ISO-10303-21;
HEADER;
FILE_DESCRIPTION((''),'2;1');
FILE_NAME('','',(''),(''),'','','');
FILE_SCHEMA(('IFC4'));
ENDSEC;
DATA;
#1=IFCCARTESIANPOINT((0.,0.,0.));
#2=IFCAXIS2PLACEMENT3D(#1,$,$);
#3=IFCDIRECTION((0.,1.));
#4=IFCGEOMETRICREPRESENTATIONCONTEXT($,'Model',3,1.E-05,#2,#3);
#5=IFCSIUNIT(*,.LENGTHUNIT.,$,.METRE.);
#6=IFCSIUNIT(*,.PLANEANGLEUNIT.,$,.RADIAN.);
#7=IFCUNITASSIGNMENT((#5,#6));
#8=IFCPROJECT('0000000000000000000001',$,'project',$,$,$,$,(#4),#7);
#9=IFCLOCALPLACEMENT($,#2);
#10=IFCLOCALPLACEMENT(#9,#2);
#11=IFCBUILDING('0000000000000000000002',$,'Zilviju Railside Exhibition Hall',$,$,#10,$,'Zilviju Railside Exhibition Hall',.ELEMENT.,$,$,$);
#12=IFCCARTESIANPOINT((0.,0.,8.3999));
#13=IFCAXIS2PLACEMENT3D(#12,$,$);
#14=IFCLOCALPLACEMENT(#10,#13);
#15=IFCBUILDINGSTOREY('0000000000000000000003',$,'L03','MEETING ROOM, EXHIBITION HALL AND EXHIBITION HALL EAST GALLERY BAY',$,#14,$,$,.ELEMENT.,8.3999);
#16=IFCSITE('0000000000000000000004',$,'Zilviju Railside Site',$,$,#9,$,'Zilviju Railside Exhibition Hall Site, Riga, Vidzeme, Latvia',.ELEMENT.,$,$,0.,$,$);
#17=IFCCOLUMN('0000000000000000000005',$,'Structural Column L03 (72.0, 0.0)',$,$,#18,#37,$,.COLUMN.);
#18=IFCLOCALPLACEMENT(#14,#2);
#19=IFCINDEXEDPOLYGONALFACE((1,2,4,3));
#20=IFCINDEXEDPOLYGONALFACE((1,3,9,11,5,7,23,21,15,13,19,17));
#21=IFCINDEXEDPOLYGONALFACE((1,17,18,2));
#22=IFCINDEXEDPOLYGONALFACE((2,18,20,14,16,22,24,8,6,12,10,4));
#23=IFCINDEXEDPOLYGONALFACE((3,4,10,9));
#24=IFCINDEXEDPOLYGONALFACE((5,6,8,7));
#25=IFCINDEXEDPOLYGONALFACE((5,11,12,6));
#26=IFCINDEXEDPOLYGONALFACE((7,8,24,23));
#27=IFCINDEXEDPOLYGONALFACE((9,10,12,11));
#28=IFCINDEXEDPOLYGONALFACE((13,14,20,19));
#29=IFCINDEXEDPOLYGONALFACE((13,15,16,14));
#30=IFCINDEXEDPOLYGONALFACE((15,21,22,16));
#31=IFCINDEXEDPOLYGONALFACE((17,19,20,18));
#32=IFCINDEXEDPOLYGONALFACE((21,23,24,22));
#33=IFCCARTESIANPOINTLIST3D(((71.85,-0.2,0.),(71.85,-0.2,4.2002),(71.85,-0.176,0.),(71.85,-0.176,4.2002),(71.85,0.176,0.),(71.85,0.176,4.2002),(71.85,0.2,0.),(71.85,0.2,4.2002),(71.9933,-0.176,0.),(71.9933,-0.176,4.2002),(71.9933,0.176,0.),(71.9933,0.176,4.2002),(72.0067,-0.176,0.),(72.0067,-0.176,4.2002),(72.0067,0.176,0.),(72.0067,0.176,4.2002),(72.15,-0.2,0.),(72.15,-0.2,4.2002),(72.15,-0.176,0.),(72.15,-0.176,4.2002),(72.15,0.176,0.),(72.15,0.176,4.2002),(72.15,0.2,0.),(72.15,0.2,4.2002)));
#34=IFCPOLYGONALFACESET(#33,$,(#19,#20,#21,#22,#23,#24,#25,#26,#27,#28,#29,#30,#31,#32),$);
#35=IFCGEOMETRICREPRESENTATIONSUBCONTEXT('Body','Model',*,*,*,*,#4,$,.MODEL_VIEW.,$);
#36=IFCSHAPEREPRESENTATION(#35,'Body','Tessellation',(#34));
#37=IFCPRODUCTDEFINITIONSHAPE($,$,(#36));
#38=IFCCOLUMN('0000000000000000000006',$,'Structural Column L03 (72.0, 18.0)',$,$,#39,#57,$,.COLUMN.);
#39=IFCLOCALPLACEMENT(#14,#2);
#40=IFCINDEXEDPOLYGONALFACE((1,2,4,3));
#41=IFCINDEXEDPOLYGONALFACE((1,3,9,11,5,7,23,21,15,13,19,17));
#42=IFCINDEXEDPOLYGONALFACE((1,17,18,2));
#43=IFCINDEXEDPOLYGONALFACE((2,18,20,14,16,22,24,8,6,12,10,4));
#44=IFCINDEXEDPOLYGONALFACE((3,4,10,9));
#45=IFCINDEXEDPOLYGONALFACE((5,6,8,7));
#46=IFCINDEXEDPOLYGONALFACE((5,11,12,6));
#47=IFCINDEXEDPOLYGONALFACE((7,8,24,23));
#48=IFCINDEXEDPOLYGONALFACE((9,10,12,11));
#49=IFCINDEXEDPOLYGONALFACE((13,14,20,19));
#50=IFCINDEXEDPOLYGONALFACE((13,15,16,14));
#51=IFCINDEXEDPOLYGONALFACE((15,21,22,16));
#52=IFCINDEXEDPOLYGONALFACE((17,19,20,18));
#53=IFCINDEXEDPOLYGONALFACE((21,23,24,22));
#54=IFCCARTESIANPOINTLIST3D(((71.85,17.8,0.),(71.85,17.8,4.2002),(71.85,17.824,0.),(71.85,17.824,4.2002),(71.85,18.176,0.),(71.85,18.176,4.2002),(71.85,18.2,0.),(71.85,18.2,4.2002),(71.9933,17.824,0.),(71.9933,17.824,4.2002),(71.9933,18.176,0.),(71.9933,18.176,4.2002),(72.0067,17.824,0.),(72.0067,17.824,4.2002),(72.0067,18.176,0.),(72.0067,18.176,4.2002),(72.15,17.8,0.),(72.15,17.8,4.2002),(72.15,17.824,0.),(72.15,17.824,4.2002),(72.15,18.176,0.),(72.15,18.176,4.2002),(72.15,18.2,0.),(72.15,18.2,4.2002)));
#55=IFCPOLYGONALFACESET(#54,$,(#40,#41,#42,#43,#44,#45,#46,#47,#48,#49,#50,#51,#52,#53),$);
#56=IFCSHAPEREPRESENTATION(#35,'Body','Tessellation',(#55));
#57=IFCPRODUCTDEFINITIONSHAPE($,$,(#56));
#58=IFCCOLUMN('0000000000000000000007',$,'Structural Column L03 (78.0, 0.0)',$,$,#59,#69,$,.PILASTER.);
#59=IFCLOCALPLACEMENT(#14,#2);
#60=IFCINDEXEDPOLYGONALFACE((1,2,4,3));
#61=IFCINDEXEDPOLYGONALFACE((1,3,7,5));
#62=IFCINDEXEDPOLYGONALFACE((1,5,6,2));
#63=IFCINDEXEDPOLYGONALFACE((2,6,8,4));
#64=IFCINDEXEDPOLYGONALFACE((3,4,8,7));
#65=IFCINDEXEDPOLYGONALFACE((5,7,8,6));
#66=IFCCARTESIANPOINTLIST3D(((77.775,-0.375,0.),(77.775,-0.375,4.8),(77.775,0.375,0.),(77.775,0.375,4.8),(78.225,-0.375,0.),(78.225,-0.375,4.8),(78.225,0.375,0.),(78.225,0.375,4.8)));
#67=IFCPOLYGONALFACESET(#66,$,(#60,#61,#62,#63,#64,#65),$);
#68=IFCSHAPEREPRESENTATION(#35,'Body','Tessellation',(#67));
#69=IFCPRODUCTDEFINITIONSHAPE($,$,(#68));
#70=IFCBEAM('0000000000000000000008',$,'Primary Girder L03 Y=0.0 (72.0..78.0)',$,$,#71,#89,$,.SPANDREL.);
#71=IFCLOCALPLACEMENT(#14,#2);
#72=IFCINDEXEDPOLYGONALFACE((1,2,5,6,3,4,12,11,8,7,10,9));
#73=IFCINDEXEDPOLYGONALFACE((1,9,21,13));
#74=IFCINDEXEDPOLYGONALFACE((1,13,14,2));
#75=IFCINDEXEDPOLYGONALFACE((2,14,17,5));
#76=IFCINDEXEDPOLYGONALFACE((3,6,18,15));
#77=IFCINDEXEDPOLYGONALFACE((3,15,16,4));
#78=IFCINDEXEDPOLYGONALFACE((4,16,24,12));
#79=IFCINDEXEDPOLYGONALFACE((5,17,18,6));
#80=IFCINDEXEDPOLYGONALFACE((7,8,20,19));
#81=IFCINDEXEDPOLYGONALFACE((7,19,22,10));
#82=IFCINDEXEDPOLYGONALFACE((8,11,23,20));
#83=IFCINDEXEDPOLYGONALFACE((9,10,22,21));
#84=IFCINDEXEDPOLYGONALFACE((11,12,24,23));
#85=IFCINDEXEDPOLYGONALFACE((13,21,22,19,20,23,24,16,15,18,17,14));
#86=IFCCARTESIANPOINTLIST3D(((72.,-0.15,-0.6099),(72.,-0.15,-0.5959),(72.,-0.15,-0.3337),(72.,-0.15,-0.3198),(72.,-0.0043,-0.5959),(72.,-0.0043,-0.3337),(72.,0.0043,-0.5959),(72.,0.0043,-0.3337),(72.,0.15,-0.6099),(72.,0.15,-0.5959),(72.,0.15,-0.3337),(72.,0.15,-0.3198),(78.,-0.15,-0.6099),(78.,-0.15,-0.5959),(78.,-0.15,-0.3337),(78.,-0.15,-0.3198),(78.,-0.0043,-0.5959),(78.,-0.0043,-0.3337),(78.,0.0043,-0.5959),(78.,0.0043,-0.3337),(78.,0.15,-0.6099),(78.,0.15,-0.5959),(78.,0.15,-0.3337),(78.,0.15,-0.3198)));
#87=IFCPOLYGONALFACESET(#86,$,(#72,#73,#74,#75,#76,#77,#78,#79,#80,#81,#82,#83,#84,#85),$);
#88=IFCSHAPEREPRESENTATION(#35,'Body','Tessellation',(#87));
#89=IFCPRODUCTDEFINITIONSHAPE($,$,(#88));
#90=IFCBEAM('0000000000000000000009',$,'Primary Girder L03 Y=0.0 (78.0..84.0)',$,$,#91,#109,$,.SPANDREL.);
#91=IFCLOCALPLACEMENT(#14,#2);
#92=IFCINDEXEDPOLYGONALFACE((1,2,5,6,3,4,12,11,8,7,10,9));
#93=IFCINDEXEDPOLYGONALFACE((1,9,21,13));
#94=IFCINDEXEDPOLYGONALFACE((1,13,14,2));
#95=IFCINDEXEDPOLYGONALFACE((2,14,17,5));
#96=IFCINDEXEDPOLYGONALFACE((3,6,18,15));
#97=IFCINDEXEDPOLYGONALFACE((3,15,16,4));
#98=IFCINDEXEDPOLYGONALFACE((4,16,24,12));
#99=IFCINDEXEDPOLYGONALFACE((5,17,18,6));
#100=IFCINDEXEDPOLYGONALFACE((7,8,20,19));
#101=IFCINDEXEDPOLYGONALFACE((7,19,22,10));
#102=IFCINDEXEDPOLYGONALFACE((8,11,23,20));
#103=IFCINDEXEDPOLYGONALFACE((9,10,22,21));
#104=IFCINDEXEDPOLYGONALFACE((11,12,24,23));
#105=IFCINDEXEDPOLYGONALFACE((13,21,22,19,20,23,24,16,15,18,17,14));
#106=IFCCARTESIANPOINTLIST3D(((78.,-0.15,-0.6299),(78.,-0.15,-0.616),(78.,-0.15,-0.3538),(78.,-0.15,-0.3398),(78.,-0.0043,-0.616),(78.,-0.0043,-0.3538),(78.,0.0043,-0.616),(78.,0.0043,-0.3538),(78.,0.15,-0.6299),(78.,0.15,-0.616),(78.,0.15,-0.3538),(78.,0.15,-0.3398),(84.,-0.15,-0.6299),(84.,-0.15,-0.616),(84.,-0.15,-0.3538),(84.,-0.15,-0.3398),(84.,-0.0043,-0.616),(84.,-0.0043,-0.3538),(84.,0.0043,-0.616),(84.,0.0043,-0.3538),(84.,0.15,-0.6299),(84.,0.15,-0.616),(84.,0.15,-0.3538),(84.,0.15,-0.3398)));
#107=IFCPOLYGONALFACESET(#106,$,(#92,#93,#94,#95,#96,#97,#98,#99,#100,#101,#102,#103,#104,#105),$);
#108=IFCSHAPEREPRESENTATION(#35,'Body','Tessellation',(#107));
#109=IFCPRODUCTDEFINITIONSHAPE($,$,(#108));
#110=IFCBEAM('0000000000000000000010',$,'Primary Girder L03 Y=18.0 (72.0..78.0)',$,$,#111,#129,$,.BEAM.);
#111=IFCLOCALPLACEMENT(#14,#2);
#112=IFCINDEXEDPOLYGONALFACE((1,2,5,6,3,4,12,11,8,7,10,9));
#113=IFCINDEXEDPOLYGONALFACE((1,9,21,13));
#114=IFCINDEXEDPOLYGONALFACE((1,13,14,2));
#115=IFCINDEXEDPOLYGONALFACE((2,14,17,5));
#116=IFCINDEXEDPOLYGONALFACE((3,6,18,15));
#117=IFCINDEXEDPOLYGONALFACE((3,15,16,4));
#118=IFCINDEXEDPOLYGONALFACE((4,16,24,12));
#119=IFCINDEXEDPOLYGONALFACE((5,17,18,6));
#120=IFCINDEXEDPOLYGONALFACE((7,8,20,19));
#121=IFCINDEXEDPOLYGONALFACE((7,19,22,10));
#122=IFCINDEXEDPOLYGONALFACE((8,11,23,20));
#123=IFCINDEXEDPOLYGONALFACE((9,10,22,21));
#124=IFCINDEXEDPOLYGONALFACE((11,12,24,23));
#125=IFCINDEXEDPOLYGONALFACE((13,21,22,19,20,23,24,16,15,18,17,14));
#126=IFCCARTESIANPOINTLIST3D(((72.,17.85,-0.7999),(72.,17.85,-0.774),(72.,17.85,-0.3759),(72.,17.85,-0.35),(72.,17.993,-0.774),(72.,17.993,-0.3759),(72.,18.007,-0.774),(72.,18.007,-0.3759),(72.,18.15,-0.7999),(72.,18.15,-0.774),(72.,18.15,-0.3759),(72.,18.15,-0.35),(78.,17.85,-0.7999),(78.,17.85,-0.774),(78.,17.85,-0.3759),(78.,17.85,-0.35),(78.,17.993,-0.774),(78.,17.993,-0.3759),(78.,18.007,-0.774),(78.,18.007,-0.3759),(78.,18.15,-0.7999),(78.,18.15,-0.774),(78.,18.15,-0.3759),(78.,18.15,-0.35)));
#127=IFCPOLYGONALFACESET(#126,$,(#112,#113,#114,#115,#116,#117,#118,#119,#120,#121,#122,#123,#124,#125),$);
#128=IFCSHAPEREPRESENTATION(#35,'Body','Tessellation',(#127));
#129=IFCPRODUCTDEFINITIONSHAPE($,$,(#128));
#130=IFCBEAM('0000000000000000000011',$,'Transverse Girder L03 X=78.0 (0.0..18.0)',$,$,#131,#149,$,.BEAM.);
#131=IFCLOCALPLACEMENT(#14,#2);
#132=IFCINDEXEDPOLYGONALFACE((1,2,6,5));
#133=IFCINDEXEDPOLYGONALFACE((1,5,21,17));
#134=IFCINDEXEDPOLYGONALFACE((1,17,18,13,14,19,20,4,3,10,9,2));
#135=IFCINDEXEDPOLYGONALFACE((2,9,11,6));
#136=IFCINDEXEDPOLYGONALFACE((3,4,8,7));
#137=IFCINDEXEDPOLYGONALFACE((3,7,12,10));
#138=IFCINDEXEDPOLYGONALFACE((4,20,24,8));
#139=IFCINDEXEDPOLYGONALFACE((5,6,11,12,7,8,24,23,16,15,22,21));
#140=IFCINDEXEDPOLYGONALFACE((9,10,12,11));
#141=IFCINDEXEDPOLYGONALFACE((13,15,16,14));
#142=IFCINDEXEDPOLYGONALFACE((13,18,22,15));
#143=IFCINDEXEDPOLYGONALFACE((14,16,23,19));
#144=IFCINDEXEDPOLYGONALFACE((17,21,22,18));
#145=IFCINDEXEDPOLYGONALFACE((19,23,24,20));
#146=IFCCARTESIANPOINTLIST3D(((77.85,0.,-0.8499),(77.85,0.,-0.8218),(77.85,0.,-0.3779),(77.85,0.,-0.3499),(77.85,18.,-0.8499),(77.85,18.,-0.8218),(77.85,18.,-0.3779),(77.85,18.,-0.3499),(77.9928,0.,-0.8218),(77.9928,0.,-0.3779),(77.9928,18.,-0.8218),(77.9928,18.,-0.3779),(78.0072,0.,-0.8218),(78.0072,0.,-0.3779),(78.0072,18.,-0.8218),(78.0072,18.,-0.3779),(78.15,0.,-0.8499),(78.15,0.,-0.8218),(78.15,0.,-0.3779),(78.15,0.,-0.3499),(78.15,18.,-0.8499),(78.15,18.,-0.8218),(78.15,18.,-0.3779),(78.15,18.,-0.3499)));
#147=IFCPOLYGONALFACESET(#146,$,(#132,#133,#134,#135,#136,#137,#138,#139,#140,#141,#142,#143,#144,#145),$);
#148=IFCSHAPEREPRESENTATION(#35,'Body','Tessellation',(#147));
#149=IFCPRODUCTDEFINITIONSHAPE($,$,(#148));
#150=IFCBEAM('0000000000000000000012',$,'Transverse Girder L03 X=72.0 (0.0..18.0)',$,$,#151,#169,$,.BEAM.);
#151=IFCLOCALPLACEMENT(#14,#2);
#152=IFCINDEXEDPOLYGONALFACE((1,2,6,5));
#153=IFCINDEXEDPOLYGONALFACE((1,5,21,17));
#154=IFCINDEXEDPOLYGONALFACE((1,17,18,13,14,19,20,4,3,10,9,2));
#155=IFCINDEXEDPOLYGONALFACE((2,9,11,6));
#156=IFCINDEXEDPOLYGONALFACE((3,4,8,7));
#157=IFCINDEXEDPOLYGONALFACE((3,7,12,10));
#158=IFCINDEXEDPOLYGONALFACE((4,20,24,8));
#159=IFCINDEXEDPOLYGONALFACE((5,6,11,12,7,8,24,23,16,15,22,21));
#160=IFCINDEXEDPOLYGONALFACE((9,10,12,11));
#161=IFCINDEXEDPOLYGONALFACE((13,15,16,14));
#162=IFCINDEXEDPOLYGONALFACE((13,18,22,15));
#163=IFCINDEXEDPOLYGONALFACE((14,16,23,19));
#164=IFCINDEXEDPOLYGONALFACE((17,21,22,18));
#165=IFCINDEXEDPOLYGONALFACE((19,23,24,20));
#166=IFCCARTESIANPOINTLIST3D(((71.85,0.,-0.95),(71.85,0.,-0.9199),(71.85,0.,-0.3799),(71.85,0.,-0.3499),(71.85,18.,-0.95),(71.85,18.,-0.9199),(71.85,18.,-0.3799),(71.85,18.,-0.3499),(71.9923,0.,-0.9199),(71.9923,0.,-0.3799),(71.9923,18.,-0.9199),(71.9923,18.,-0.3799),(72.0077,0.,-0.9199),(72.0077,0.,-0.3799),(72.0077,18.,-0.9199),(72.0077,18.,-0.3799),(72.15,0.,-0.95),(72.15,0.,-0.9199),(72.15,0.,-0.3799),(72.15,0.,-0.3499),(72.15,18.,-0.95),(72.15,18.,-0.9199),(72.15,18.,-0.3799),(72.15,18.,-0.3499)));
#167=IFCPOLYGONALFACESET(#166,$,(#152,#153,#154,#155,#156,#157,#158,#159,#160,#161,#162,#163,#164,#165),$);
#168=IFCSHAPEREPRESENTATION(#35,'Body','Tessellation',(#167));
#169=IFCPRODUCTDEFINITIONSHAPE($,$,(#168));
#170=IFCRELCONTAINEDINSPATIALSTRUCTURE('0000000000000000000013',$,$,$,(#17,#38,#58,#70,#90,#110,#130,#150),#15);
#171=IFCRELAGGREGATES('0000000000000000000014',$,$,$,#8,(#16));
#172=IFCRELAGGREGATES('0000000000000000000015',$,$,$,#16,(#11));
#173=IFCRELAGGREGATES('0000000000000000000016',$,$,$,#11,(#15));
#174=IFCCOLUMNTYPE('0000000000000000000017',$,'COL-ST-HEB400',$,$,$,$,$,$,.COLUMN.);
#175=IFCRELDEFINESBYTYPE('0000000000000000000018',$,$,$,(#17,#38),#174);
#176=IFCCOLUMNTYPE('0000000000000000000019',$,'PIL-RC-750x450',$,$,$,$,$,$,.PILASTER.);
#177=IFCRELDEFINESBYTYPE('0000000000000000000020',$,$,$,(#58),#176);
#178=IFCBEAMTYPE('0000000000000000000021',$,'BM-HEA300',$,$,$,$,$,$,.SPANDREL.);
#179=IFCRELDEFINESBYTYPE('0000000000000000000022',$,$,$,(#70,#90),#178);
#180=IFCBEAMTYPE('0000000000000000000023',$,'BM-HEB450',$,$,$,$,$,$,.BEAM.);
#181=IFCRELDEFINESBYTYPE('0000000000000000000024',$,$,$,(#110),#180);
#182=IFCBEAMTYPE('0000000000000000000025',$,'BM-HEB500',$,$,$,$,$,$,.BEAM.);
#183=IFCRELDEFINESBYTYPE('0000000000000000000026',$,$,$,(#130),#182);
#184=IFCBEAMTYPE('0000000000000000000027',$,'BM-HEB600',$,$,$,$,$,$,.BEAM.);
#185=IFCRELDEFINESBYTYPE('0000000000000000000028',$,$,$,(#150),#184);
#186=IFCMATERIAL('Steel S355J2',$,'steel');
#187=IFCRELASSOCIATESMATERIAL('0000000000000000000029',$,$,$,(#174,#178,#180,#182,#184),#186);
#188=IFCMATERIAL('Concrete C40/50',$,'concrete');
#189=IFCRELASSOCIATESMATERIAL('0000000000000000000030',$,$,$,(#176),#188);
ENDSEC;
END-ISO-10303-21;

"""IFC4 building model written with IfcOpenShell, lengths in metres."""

from ifc_helpers import new_model, si_unit, direction, frame, origin, origin_2d, place, context, subcontext, project, spatial, rectangle, i_section, extrude, material, material_profile, profile_set, type_object, element, save


model = new_model("IFC4")

# Units and contexts
model_context = context("Model", 3, precision=1e-05, world=origin(), true_north=direction((0.0, 1.0)))
body_context = subcontext(model_context, "Body", "Model", "MODEL_VIEW")
ifc_project = project(units=[si_unit("LENGTHUNIT", "METRE"), si_unit("PLANEANGLEUNIT", "RADIAN")], contexts=[model_context])

# Site, building, storey
site_placement = place(None, origin())
site = spatial("IfcSite", under=ifc_project, at=site_placement, Name="Zilviju Railside Site", LongName="Zilviju Railside Exhibition Hall Site, Riga, Vidzeme, Latvia", CompositionType="ELEMENT", RefElevation=0.0)
building_placement = place(site_placement, origin())
building = spatial("IfcBuilding", under=site, at=building_placement, Name="Zilviju Railside Exhibition Hall", LongName="Zilviju Railside Exhibition Hall", CompositionType="ELEMENT")
storey_placement = place(building_placement, frame((0.0, 0.0, 8.3999)))
storey = spatial("IfcBuildingStorey", under=building, at=storey_placement, Name="L03", Description="MEETING ROOM, EXHIBITION HALL AND EXHIBITION HALL EAST GALLERY BAY", CompositionType="ELEMENT", Elevation=8.3999)

# Columns
ifc_material_1 = material(Name="Steel S355J2", Category="steel")
ifc_material_profile_1 = material_profile(ifc_material_1, i_section(OverallWidth=0.3, OverallDepth=0.3999, WebThickness=0.0134, FlangeThickness=0.0239, at=origin_2d()), Name="HEB 400")
ifc_profile_set_1 = profile_set([ifc_material_profile_1], Name="Steel S355J2")
column_type_1 = type_object("IfcColumnType", Name="COL-ST-HEB400", PredefinedType="COLUMN", material=ifc_profile_set_1)
for number, where, z_axis, x_axis, name in (
    (1, (72.0, 0.0, 0.0), (0.0, 0.0, 1.0), (1.0, 0.0, 0.0), "Structural Column L03 (72.0, 0.0)"),
    (2, (72.0, 18.0, 0.0), (0.0, 0.0, 1.0), (1.0, 0.0, 0.0), "Structural Column L03 (72.0, 18.0)"),
):
    element("IfcColumn", number, at=place(storey_placement, frame(where, z_axis=z_axis, x_axis=x_axis)), inside=storey, type_object=column_type_1, Name=name, PredefinedType="COLUMN", context=body_context, shape_type="SweptSolid", body=[
        extrude(i_section(OverallWidth=0.3, OverallDepth=0.3999, WebThickness=0.0134, FlangeThickness=0.0239, at=origin_2d()), origin(), (0.0, 0.0, 1.0), 4.2002),
    ])
ifc_material_2 = material(Name="Concrete C40/50", Category="concrete")
ifc_material_profile_2 = material_profile(ifc_material_2, rectangle(XDim=0.45, YDim=0.75, at=origin_2d()), Name="RC COL 450x750")
ifc_profile_set_2 = profile_set([ifc_material_profile_2], Name="Concrete C40/50")
column_type_2 = type_object("IfcColumnType", Name="PIL-RC-750x450", PredefinedType="PILASTER", material=ifc_profile_set_2)
column_placement = place(storey_placement, frame((78.0, 0.0, 0.0), z_axis=(0.0, 0.0, 1.0), x_axis=(1.0, 0.0, 0.0)))
element("IfcColumn", 3, at=column_placement, inside=storey, type_object=column_type_2, Name="Structural Column L03 (78.0, 0.0)", PredefinedType="PILASTER", context=body_context, shape_type="SweptSolid", body=[
    extrude(rectangle(XDim=0.45, YDim=0.75, at=origin_2d()), origin(), (0.0, 0.0, 1.0), 4.8),
])

# Beams
ifc_material_profile_3 = material_profile(ifc_material_1, i_section(OverallWidth=0.3, OverallDepth=0.29, WebThickness=0.0085, FlangeThickness=0.0139, at=origin_2d()), Name="HEA 300")
ifc_profile_set_3 = profile_set([ifc_material_profile_3], Name="Steel S355J2")
beam_type_1 = type_object("IfcBeamType", Name="BM-HEA300", PredefinedType="SPANDREL", material=ifc_profile_set_3)
for number, where, z_axis, x_axis, name in (
    (4, (72.0, 0.0, -0.4648), (1.0, 0.0, 0.0), (0.0, 1.0, 0.0), "Primary Girder L03 Y=0.0 (72.0..78.0)"),
    (5, (78.0, 0.0, -0.4849), (1.0, 0.0, 0.0), (0.0, 1.0, 0.0), "Primary Girder L03 Y=0.0 (78.0..84.0)"),
):
    element("IfcBeam", number, at=place(storey_placement, frame(where, z_axis=z_axis, x_axis=x_axis)), inside=storey, type_object=beam_type_1, Name=name, PredefinedType="SPANDREL", context=body_context, shape_type="SweptSolid", body=[
        extrude(i_section(OverallWidth=0.3, OverallDepth=0.29, WebThickness=0.0085, FlangeThickness=0.0139, at=origin_2d()), origin(), (0.0, 0.0, 1.0), 6.0),
    ])
ifc_material_profile_4 = material_profile(ifc_material_1, i_section(OverallWidth=0.3, OverallDepth=0.45, WebThickness=0.0139, FlangeThickness=0.0259, at=origin_2d()), Name="HEB 450")
ifc_profile_set_4 = profile_set([ifc_material_profile_4], Name="Steel S355J2")
beam_type_2 = type_object("IfcBeamType", Name="BM-HEB450", PredefinedType="BEAM", material=ifc_profile_set_4)
beam_1_placement = place(storey_placement, frame((72.0, 18.0, -0.575), z_axis=(1.0, 0.0, 0.0), x_axis=(0.0, 1.0, 0.0)))
element("IfcBeam", 6, at=beam_1_placement, inside=storey, type_object=beam_type_2, Name="Primary Girder L03 Y=18.0 (72.0..78.0)", PredefinedType="BEAM", context=body_context, shape_type="SweptSolid", body=[
    extrude(i_section(OverallWidth=0.3, OverallDepth=0.45, WebThickness=0.0139, FlangeThickness=0.0259, at=origin_2d()), origin(), (0.0, 0.0, 1.0), 6.0),
])
ifc_material_profile_5 = material_profile(ifc_material_1, i_section(OverallWidth=0.3, OverallDepth=0.5, WebThickness=0.0144, FlangeThickness=0.0281, at=origin_2d()), Name="HEB 500")
ifc_profile_set_5 = profile_set([ifc_material_profile_5], Name="Steel S355J2")
beam_type_3 = type_object("IfcBeamType", Name="BM-HEB500", PredefinedType="BEAM", material=ifc_profile_set_5)
beam_2_placement = place(storey_placement, frame((78.0, 0.0, -0.5999), z_axis=(0.0, 1.0, 0.0), x_axis=(-1.0, 0.0, 0.0)))
element("IfcBeam", 7, at=beam_2_placement, inside=storey, type_object=beam_type_3, Name="Transverse Girder L03 X=78.0 (0.0..18.0)", PredefinedType="BEAM", context=body_context, shape_type="SweptSolid", body=[
    extrude(i_section(OverallWidth=0.3, OverallDepth=0.5, WebThickness=0.0144, FlangeThickness=0.0281, at=origin_2d()), origin(), (0.0, 0.0, 1.0), 18.0),
])
ifc_material_profile_6 = material_profile(ifc_material_1, i_section(OverallWidth=0.3, OverallDepth=0.6001, WebThickness=0.0154, FlangeThickness=0.03, at=origin_2d()), Name="HEB 600")
ifc_profile_set_6 = profile_set([ifc_material_profile_6], Name="Steel S355J2")
beam_type_4 = type_object("IfcBeamType", Name="BM-HEB600", PredefinedType="BEAM", material=ifc_profile_set_6)
beam_3_placement = place(storey_placement, frame((72.0, 0.0, -0.6499), z_axis=(0.0, 1.0, 0.0), x_axis=(-1.0, 0.0, 0.0)))
element("IfcBeam", 8, at=beam_3_placement, inside=storey, type_object=beam_type_4, Name="Transverse Girder L03 X=72.0 (0.0..18.0)", PredefinedType="BEAM", context=body_context, shape_type="SweptSolid", body=[
    extrude(i_section(OverallWidth=0.3, OverallDepth=0.6001, WebThickness=0.0154, FlangeThickness=0.03, at=origin_2d()), origin(), (0.0, 0.0, 1.0), 18.0),
])

save(model, "model.ifc")
